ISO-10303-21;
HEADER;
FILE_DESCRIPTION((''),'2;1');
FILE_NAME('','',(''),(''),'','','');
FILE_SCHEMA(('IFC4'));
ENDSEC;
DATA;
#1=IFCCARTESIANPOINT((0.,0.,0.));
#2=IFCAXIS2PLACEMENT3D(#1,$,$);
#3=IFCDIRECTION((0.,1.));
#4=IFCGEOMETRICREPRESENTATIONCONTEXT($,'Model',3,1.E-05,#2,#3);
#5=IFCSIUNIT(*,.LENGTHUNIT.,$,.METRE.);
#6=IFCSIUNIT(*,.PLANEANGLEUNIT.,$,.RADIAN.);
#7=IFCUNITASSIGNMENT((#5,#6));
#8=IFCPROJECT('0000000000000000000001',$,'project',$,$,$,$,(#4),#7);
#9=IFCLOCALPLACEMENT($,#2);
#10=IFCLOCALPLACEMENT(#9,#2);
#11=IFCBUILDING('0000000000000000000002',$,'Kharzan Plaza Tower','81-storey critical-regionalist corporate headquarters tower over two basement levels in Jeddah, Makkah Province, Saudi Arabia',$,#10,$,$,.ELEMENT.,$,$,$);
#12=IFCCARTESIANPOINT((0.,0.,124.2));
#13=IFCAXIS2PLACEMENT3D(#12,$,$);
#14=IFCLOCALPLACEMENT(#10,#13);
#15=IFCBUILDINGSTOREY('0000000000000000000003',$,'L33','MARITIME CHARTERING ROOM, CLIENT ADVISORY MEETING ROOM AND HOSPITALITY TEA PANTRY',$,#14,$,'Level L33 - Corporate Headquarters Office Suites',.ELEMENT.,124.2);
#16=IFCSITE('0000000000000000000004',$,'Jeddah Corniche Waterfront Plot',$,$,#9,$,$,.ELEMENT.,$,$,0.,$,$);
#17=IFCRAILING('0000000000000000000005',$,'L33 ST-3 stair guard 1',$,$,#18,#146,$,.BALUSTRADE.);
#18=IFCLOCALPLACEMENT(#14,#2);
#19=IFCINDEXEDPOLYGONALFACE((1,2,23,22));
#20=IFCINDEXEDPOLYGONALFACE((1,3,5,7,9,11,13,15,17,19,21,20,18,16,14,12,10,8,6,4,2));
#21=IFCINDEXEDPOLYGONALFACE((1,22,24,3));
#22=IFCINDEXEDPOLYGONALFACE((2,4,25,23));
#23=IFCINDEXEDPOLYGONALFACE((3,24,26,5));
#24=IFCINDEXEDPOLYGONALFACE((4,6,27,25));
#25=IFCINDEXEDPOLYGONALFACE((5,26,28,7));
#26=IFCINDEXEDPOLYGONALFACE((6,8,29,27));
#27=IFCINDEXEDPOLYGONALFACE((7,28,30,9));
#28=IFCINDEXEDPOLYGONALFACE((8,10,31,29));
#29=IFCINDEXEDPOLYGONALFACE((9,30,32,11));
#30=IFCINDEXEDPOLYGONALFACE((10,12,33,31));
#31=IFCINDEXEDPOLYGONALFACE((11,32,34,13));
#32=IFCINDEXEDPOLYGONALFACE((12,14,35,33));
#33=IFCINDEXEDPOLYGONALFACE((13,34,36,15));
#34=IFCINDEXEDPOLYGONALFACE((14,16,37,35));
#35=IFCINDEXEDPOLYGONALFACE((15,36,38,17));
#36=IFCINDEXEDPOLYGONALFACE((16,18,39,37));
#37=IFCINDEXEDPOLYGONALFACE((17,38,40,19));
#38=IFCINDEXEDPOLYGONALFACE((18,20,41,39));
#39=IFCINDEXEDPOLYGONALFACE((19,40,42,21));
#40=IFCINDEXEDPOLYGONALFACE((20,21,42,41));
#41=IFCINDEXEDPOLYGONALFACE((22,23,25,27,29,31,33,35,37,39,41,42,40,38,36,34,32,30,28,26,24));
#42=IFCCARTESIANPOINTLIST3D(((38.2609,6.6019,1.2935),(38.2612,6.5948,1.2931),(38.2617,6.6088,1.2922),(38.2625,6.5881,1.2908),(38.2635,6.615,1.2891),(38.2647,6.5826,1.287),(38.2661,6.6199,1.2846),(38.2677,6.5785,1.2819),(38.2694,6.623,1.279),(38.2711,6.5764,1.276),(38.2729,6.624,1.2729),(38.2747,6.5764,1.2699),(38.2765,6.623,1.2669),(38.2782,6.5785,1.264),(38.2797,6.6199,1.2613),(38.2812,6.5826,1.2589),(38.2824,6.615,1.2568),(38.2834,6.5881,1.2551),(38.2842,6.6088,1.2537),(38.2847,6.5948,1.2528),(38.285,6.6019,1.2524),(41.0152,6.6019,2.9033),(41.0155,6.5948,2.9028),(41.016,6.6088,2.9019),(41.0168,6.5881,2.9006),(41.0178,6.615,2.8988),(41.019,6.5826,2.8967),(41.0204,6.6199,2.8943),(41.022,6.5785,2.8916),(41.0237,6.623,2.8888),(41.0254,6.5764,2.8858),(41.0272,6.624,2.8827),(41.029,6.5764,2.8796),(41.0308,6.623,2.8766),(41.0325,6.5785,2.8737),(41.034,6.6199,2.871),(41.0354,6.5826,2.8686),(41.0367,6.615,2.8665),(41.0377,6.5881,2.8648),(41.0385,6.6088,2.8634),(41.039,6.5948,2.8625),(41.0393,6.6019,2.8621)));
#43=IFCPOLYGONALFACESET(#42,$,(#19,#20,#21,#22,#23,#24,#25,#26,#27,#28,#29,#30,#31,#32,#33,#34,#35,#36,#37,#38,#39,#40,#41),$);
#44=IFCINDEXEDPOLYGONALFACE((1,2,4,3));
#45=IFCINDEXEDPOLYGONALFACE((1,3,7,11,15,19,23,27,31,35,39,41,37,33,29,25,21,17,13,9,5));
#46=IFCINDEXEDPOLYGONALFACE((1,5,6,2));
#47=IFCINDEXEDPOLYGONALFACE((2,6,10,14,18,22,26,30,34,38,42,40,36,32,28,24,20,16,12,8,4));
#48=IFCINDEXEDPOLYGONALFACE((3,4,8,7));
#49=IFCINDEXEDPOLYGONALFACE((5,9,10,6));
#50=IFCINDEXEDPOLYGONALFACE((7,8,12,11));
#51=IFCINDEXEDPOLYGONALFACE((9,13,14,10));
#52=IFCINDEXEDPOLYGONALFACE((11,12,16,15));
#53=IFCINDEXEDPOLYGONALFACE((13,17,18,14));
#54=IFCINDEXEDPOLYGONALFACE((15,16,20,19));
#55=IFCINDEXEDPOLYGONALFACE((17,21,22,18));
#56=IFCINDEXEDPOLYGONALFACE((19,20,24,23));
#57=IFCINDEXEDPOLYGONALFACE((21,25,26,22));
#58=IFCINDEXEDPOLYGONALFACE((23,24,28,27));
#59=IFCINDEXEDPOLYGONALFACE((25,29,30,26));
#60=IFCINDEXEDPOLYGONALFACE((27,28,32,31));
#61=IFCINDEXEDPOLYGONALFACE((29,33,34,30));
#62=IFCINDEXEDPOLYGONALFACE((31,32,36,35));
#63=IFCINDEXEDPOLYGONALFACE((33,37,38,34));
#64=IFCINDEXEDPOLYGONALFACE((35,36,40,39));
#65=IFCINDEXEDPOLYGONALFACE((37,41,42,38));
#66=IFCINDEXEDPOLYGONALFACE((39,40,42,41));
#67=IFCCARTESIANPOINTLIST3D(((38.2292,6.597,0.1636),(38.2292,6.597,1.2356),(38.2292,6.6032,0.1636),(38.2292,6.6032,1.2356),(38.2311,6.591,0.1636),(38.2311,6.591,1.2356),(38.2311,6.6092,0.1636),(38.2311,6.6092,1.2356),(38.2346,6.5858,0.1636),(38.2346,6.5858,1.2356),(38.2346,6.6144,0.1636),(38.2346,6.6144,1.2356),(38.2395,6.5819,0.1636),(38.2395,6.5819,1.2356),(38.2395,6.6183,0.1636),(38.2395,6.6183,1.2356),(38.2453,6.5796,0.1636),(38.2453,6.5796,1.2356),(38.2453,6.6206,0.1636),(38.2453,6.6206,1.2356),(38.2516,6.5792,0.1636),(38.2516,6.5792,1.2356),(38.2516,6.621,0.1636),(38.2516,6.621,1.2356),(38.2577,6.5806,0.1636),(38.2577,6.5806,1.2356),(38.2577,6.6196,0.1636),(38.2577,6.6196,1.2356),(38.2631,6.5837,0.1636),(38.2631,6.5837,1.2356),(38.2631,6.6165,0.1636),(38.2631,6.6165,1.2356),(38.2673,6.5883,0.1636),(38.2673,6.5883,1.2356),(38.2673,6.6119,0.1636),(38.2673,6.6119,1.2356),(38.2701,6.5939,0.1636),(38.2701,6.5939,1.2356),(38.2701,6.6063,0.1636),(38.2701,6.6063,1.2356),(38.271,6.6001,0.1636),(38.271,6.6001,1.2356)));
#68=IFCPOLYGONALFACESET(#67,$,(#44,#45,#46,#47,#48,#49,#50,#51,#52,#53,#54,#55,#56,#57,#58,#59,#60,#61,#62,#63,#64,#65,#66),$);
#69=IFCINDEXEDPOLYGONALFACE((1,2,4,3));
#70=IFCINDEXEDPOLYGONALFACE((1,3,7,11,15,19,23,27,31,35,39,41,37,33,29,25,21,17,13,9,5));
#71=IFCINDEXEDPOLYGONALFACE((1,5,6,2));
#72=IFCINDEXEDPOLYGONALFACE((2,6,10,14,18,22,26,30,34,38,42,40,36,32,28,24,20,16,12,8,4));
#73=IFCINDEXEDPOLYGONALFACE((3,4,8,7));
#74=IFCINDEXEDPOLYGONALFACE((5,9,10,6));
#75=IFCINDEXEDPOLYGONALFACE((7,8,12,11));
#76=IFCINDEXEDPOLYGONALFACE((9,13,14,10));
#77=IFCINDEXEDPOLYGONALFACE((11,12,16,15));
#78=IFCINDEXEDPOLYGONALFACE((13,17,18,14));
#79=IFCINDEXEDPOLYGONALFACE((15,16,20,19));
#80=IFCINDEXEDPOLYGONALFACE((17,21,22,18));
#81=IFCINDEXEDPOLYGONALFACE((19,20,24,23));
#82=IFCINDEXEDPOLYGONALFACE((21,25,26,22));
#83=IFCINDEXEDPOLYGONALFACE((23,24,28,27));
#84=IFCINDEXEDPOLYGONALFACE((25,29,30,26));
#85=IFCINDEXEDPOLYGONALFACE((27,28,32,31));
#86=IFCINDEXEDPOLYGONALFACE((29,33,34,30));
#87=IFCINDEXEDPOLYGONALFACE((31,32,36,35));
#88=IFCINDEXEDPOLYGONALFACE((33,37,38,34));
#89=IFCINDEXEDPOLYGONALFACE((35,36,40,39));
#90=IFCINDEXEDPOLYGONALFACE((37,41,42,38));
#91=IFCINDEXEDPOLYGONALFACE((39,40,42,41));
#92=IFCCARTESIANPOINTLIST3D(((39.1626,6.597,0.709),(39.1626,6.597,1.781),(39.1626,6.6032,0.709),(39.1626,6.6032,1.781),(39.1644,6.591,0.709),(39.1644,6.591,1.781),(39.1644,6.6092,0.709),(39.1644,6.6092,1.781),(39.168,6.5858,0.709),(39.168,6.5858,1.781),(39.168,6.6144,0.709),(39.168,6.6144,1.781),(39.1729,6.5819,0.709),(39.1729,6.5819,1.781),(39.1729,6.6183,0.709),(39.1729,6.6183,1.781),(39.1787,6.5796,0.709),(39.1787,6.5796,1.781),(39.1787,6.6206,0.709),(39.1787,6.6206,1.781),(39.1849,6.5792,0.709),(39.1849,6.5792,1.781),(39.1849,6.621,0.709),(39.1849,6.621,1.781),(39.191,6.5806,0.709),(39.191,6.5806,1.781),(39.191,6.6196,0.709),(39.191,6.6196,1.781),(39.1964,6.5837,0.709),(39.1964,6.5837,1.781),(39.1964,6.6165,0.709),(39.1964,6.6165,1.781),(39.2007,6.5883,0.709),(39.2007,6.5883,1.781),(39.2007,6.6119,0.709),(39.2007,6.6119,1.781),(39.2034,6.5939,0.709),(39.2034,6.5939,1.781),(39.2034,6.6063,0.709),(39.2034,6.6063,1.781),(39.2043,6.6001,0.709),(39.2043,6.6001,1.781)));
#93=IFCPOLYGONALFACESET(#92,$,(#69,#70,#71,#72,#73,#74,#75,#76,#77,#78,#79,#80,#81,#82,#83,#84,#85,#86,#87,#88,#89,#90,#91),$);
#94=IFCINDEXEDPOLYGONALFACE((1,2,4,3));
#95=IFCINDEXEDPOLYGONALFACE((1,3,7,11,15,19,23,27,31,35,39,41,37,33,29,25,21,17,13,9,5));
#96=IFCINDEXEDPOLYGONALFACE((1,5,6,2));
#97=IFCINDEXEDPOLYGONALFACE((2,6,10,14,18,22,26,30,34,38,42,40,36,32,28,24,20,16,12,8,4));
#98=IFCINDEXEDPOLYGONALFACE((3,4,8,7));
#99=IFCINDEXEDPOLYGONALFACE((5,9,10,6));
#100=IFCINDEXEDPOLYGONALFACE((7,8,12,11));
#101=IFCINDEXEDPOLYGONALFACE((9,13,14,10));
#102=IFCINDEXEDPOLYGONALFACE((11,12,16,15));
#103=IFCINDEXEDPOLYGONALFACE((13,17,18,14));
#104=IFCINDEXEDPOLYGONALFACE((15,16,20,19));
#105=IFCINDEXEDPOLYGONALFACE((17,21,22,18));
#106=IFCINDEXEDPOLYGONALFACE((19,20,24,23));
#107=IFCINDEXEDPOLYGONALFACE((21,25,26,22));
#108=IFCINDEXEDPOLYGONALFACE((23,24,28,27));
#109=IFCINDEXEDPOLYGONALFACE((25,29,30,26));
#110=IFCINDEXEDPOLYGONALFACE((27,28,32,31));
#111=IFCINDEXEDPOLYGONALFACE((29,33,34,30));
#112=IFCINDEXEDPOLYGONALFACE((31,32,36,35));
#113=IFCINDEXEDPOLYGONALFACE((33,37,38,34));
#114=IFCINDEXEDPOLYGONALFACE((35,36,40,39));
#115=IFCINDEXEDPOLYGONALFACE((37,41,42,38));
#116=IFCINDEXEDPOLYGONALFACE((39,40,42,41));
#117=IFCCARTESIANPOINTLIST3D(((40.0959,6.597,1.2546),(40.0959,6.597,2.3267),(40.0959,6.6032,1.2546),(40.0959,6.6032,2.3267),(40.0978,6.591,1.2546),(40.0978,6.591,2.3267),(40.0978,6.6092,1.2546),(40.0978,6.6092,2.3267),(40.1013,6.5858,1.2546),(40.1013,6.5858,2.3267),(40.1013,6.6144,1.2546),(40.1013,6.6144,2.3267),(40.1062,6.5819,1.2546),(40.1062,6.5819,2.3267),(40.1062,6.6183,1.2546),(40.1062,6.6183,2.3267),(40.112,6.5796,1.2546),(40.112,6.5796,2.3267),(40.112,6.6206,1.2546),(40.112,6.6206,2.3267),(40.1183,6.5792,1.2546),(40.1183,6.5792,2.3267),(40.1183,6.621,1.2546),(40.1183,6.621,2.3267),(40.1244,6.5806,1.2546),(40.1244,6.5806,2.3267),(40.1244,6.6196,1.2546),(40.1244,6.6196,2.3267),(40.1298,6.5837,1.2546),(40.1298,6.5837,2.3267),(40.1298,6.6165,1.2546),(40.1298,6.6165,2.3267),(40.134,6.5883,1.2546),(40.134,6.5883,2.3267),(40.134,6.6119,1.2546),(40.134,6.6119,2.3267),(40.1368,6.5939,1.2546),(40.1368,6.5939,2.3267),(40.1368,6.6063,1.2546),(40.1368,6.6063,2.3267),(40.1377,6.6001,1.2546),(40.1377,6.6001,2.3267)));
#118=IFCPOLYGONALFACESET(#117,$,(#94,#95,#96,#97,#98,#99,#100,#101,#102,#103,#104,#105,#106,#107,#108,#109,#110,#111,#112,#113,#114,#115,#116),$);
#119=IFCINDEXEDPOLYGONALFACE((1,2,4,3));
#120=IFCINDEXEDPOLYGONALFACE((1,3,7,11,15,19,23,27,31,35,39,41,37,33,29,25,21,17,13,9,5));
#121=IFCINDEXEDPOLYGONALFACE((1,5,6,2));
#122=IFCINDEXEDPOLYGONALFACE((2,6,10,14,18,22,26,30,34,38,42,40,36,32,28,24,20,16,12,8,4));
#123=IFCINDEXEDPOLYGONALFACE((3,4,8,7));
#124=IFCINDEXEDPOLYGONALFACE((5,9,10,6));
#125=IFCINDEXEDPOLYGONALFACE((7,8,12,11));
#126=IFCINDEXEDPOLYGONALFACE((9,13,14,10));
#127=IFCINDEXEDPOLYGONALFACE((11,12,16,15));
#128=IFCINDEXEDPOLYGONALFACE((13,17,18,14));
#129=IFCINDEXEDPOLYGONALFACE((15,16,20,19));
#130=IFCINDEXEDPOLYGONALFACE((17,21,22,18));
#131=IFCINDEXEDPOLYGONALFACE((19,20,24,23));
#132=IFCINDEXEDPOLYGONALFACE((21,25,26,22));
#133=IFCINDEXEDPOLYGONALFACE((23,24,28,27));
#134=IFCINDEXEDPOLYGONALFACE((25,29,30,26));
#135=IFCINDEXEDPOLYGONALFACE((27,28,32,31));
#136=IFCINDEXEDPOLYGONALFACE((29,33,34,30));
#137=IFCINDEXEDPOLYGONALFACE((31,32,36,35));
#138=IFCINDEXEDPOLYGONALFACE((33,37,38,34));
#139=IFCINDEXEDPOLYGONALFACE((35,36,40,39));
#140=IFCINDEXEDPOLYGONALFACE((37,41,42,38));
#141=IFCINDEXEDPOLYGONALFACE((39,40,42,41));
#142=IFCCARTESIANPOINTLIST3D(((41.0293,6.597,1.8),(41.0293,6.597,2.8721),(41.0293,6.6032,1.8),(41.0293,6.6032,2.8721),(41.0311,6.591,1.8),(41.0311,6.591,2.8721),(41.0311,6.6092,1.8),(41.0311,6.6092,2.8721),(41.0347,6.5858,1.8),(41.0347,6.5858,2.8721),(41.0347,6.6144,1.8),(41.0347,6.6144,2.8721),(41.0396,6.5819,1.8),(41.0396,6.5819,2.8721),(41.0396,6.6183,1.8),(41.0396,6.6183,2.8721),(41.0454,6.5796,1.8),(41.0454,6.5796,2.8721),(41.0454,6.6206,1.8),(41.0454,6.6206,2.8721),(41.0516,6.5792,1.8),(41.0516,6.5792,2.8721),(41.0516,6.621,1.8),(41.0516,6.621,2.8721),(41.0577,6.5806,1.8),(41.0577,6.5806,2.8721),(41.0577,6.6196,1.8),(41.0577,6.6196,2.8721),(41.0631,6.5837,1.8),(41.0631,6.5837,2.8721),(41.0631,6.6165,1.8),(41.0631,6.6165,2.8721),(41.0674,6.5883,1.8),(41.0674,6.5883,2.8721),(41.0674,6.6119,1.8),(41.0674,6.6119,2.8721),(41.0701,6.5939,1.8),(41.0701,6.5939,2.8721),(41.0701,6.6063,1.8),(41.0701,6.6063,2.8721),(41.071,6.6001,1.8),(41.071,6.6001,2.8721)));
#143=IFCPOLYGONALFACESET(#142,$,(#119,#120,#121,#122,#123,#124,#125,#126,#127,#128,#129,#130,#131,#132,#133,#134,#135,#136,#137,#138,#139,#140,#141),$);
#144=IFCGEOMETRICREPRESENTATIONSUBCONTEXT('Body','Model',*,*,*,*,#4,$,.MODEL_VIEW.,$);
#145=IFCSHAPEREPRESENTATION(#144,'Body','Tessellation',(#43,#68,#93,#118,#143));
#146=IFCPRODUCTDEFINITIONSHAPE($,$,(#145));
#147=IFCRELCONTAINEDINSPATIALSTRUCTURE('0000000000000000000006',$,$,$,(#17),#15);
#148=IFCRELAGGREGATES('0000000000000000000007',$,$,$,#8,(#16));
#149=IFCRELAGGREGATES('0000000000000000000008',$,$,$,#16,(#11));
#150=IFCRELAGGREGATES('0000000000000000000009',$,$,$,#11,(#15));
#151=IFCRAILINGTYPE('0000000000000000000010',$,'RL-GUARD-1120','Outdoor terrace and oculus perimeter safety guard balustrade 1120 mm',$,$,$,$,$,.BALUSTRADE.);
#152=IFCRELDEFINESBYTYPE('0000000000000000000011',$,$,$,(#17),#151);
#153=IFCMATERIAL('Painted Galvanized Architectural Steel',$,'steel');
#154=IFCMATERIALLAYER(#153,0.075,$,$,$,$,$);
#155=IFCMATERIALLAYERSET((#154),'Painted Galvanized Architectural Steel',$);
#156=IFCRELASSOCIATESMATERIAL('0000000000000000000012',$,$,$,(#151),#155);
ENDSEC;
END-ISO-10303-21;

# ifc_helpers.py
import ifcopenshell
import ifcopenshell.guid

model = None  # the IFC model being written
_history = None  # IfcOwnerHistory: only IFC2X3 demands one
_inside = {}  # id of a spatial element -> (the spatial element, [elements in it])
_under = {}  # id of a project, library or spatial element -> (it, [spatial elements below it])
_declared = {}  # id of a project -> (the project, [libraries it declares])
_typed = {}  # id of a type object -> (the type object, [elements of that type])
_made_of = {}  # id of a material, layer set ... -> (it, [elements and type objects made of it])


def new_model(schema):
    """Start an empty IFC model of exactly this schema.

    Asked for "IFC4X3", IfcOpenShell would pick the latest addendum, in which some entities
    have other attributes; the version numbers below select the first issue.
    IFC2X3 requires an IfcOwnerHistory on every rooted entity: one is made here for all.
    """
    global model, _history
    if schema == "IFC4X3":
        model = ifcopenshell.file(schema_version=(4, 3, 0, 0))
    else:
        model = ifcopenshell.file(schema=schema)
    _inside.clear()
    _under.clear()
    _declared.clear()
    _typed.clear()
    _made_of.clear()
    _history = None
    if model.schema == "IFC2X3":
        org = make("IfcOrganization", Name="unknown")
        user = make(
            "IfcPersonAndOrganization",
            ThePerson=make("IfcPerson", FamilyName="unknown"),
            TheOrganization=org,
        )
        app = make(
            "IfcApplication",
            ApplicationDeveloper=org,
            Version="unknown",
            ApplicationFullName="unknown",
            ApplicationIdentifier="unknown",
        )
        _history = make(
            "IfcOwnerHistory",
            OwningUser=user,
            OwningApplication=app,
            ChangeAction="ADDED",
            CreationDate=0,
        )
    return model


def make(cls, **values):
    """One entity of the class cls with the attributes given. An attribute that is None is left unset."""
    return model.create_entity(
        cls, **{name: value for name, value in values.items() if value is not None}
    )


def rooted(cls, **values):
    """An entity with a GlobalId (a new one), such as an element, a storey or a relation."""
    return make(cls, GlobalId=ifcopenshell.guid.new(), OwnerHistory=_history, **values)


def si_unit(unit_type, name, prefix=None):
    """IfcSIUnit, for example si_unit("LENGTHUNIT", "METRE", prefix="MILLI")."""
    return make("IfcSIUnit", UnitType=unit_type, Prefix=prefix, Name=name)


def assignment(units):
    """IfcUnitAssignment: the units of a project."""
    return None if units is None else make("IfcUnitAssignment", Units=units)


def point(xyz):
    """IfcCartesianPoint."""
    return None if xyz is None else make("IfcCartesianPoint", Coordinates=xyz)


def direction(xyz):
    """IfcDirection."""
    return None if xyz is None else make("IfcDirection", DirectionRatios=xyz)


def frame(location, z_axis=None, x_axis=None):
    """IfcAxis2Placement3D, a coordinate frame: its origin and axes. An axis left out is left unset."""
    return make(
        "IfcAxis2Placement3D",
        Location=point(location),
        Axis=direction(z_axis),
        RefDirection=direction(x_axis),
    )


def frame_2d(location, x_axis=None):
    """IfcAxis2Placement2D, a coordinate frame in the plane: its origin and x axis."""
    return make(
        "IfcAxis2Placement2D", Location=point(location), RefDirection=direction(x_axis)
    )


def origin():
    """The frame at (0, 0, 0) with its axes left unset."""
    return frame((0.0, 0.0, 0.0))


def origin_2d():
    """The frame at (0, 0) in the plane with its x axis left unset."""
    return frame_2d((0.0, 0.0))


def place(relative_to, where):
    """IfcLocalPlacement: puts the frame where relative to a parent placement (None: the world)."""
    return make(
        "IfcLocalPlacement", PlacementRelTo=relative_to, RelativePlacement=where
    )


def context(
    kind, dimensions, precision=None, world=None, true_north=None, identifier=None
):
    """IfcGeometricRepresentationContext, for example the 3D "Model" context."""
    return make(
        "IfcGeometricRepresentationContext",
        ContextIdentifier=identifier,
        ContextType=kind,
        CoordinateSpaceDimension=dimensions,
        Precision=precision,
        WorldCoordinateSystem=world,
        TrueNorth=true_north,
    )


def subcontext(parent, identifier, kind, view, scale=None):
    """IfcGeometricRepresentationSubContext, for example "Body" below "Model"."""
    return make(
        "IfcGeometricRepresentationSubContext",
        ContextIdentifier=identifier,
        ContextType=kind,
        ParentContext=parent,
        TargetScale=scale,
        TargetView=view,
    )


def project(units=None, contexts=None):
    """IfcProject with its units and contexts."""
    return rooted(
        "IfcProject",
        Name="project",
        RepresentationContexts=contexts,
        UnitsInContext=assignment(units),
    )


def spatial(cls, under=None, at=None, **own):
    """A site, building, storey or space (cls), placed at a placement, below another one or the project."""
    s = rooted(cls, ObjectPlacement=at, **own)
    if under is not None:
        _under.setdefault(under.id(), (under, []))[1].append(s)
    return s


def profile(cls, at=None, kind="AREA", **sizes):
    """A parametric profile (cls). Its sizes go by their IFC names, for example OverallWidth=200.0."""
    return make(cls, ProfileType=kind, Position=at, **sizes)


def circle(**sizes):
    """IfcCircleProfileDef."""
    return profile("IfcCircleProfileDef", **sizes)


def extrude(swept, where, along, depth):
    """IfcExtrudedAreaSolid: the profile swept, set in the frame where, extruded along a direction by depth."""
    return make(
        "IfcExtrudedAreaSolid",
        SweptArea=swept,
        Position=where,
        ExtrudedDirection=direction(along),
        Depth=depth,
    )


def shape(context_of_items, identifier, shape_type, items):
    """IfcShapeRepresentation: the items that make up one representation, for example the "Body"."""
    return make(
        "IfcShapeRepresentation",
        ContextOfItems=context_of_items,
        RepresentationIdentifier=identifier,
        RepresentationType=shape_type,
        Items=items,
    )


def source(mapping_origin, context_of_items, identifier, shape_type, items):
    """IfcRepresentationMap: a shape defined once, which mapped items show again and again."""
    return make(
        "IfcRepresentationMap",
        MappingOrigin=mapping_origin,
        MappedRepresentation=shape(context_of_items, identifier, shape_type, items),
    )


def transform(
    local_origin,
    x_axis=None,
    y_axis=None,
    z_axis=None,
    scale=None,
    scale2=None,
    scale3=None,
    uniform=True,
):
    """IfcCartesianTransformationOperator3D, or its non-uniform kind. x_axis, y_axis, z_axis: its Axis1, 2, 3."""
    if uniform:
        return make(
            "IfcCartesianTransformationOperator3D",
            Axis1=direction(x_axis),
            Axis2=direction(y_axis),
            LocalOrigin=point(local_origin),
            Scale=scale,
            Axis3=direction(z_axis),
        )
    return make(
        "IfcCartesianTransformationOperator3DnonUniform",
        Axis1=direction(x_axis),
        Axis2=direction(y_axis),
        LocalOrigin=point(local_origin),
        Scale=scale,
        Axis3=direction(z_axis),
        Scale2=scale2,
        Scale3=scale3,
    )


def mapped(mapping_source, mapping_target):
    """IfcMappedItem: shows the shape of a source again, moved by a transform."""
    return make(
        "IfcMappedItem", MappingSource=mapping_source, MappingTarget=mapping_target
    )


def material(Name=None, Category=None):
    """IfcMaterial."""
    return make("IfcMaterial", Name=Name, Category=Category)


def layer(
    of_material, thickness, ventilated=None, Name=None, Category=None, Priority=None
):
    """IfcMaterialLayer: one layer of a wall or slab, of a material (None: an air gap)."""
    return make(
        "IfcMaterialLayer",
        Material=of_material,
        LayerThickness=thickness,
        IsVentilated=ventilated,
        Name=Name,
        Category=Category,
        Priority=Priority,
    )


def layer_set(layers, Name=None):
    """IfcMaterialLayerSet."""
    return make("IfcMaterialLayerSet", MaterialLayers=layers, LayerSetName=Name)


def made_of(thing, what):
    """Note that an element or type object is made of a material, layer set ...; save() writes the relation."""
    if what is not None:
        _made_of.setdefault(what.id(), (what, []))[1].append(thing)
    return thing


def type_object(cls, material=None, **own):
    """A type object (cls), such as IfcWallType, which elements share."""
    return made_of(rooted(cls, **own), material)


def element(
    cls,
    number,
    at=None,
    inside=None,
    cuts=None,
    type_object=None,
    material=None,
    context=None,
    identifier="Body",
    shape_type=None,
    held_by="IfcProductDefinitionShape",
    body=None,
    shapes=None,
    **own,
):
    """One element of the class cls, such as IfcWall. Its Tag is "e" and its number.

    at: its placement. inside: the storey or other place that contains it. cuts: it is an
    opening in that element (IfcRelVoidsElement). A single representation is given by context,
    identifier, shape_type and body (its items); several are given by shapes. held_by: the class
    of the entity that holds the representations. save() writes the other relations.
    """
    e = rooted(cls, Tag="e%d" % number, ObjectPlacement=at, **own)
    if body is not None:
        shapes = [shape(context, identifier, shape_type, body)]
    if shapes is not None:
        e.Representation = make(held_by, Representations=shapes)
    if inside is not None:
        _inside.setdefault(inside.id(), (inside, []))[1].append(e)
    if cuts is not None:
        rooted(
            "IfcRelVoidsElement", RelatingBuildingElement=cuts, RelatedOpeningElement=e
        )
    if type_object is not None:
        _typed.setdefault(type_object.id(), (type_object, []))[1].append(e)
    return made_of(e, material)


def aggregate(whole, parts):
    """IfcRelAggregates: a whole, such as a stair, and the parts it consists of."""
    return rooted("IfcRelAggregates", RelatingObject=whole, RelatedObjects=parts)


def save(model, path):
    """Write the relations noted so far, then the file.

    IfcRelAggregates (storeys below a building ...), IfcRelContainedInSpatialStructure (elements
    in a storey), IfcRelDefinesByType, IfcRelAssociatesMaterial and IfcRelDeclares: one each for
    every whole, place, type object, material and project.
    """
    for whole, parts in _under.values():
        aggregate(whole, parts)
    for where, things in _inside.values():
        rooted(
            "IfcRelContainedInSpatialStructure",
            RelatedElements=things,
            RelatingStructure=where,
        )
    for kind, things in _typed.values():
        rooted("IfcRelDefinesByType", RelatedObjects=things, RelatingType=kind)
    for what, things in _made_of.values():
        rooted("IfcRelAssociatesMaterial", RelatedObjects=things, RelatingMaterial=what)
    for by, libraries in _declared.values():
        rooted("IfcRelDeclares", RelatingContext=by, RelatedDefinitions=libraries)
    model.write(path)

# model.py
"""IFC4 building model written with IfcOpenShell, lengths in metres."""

from ifc_helpers import new_model, si_unit, direction, frame, origin, origin_2d, place, context, subcontext, project, spatial, circle, extrude, source, transform, mapped, material, layer, layer_set, type_object, element, save


model = new_model("IFC4")

# Units and contexts
model_context = context("Model", 3, precision=1e-05, world=origin(), true_north=direction((0.0, 1.0)))
body_context = subcontext(model_context, "Body", "Model", "MODEL_VIEW")
ifc_project = project(units=[si_unit("LENGTHUNIT", "METRE"), si_unit("PLANEANGLEUNIT", "RADIAN")], contexts=[model_context])

# Site, building, storey
site_placement = place(None, origin())
site = spatial("IfcSite", under=ifc_project, at=site_placement, Name="Jeddah Corniche Waterfront Plot", CompositionType="ELEMENT", RefElevation=0.0)
building_placement = place(site_placement, origin())
building = spatial("IfcBuilding", under=site, at=building_placement, Name="Kharzan Plaza Tower", Description="81-storey critical-regionalist corporate headquarters tower over two basement levels in Jeddah, Makkah Province, Saudi Arabia", CompositionType="ELEMENT")
storey_placement = place(building_placement, frame((0.0, 0.0, 124.2)))
storey = spatial("IfcBuildingStorey", under=building, at=storey_placement, Name="L33", Description="MARITIME CHARTERING ROOM, CLIENT ADVISORY MEETING ROOM AND HOSPITALITY TEA PANTRY", LongName="Level L33 - Corporate Headquarters Office Suites", CompositionType="ELEMENT", Elevation=124.2)

# Railing
ifc_material_1 = material(Name="Painted Galvanized Architectural Steel", Category="steel")
ifc_layer_1 = layer(ifc_material_1, 0.075)
ifc_layer_set_1 = layer_set([ifc_layer_1], Name="Painted Galvanized Architectural Steel")
railing_type_1 = type_object("IfcRailingType", Name="RL-GUARD-1120", Description="Outdoor terrace and oculus perimeter safety guard balustrade 1120 mm", PredefinedType="BALUSTRADE", material=ifc_layer_set_1)
shared_shape_1 = source(origin(), body_context, "Body", "SweptSolid", [
    extrude(circle(Radius=0.0239, at=origin_2d()), frame((0.0229, 0.0, 1.1094), z_axis=(0.863361, 0.0, 0.504587), x_axis=(0.0, 1.0, 0.0)), (0.0, 0.0, 1.0), 3.1902),
    extrude(circle(Radius=0.021, at=origin_2d()), origin(), (0.0, 0.0, 1.0), 1.072),
    extrude(circle(Radius=0.021, at=origin_2d()), frame((0.9333, 0.0, 0.5454)), (0.0, 0.0, 1.0), 1.072),
    extrude(circle(Radius=0.021, at=origin_2d()), frame((1.8667, 0.0, 1.0911)), (0.0, 0.0, 1.0), 1.072),
    extrude(circle(Radius=0.021, at=origin_2d()), frame((2.8, 0.0, 1.6365)), (0.0, 0.0, 1.0), 1.072),
])
railing_1_placement = place(storey_placement, frame((38.25, 6.6001, 0.1636)))
element("IfcRailing", 1, at=railing_1_placement, inside=storey, type_object=railing_type_1, Name="L33 ST-3 stair guard 1", PredefinedType="BALUSTRADE", context=body_context, shape_type="MappedRepresentation", body=[
    mapped(shared_shape_1, transform((0.0, 0.0, 0.0), x_axis=(1.0, 0.0, 0.0), y_axis=(0.0, 1.0, 0.0), z_axis=(0.0, 0.0, 1.0))),
])

save(model, "model.ifc")
